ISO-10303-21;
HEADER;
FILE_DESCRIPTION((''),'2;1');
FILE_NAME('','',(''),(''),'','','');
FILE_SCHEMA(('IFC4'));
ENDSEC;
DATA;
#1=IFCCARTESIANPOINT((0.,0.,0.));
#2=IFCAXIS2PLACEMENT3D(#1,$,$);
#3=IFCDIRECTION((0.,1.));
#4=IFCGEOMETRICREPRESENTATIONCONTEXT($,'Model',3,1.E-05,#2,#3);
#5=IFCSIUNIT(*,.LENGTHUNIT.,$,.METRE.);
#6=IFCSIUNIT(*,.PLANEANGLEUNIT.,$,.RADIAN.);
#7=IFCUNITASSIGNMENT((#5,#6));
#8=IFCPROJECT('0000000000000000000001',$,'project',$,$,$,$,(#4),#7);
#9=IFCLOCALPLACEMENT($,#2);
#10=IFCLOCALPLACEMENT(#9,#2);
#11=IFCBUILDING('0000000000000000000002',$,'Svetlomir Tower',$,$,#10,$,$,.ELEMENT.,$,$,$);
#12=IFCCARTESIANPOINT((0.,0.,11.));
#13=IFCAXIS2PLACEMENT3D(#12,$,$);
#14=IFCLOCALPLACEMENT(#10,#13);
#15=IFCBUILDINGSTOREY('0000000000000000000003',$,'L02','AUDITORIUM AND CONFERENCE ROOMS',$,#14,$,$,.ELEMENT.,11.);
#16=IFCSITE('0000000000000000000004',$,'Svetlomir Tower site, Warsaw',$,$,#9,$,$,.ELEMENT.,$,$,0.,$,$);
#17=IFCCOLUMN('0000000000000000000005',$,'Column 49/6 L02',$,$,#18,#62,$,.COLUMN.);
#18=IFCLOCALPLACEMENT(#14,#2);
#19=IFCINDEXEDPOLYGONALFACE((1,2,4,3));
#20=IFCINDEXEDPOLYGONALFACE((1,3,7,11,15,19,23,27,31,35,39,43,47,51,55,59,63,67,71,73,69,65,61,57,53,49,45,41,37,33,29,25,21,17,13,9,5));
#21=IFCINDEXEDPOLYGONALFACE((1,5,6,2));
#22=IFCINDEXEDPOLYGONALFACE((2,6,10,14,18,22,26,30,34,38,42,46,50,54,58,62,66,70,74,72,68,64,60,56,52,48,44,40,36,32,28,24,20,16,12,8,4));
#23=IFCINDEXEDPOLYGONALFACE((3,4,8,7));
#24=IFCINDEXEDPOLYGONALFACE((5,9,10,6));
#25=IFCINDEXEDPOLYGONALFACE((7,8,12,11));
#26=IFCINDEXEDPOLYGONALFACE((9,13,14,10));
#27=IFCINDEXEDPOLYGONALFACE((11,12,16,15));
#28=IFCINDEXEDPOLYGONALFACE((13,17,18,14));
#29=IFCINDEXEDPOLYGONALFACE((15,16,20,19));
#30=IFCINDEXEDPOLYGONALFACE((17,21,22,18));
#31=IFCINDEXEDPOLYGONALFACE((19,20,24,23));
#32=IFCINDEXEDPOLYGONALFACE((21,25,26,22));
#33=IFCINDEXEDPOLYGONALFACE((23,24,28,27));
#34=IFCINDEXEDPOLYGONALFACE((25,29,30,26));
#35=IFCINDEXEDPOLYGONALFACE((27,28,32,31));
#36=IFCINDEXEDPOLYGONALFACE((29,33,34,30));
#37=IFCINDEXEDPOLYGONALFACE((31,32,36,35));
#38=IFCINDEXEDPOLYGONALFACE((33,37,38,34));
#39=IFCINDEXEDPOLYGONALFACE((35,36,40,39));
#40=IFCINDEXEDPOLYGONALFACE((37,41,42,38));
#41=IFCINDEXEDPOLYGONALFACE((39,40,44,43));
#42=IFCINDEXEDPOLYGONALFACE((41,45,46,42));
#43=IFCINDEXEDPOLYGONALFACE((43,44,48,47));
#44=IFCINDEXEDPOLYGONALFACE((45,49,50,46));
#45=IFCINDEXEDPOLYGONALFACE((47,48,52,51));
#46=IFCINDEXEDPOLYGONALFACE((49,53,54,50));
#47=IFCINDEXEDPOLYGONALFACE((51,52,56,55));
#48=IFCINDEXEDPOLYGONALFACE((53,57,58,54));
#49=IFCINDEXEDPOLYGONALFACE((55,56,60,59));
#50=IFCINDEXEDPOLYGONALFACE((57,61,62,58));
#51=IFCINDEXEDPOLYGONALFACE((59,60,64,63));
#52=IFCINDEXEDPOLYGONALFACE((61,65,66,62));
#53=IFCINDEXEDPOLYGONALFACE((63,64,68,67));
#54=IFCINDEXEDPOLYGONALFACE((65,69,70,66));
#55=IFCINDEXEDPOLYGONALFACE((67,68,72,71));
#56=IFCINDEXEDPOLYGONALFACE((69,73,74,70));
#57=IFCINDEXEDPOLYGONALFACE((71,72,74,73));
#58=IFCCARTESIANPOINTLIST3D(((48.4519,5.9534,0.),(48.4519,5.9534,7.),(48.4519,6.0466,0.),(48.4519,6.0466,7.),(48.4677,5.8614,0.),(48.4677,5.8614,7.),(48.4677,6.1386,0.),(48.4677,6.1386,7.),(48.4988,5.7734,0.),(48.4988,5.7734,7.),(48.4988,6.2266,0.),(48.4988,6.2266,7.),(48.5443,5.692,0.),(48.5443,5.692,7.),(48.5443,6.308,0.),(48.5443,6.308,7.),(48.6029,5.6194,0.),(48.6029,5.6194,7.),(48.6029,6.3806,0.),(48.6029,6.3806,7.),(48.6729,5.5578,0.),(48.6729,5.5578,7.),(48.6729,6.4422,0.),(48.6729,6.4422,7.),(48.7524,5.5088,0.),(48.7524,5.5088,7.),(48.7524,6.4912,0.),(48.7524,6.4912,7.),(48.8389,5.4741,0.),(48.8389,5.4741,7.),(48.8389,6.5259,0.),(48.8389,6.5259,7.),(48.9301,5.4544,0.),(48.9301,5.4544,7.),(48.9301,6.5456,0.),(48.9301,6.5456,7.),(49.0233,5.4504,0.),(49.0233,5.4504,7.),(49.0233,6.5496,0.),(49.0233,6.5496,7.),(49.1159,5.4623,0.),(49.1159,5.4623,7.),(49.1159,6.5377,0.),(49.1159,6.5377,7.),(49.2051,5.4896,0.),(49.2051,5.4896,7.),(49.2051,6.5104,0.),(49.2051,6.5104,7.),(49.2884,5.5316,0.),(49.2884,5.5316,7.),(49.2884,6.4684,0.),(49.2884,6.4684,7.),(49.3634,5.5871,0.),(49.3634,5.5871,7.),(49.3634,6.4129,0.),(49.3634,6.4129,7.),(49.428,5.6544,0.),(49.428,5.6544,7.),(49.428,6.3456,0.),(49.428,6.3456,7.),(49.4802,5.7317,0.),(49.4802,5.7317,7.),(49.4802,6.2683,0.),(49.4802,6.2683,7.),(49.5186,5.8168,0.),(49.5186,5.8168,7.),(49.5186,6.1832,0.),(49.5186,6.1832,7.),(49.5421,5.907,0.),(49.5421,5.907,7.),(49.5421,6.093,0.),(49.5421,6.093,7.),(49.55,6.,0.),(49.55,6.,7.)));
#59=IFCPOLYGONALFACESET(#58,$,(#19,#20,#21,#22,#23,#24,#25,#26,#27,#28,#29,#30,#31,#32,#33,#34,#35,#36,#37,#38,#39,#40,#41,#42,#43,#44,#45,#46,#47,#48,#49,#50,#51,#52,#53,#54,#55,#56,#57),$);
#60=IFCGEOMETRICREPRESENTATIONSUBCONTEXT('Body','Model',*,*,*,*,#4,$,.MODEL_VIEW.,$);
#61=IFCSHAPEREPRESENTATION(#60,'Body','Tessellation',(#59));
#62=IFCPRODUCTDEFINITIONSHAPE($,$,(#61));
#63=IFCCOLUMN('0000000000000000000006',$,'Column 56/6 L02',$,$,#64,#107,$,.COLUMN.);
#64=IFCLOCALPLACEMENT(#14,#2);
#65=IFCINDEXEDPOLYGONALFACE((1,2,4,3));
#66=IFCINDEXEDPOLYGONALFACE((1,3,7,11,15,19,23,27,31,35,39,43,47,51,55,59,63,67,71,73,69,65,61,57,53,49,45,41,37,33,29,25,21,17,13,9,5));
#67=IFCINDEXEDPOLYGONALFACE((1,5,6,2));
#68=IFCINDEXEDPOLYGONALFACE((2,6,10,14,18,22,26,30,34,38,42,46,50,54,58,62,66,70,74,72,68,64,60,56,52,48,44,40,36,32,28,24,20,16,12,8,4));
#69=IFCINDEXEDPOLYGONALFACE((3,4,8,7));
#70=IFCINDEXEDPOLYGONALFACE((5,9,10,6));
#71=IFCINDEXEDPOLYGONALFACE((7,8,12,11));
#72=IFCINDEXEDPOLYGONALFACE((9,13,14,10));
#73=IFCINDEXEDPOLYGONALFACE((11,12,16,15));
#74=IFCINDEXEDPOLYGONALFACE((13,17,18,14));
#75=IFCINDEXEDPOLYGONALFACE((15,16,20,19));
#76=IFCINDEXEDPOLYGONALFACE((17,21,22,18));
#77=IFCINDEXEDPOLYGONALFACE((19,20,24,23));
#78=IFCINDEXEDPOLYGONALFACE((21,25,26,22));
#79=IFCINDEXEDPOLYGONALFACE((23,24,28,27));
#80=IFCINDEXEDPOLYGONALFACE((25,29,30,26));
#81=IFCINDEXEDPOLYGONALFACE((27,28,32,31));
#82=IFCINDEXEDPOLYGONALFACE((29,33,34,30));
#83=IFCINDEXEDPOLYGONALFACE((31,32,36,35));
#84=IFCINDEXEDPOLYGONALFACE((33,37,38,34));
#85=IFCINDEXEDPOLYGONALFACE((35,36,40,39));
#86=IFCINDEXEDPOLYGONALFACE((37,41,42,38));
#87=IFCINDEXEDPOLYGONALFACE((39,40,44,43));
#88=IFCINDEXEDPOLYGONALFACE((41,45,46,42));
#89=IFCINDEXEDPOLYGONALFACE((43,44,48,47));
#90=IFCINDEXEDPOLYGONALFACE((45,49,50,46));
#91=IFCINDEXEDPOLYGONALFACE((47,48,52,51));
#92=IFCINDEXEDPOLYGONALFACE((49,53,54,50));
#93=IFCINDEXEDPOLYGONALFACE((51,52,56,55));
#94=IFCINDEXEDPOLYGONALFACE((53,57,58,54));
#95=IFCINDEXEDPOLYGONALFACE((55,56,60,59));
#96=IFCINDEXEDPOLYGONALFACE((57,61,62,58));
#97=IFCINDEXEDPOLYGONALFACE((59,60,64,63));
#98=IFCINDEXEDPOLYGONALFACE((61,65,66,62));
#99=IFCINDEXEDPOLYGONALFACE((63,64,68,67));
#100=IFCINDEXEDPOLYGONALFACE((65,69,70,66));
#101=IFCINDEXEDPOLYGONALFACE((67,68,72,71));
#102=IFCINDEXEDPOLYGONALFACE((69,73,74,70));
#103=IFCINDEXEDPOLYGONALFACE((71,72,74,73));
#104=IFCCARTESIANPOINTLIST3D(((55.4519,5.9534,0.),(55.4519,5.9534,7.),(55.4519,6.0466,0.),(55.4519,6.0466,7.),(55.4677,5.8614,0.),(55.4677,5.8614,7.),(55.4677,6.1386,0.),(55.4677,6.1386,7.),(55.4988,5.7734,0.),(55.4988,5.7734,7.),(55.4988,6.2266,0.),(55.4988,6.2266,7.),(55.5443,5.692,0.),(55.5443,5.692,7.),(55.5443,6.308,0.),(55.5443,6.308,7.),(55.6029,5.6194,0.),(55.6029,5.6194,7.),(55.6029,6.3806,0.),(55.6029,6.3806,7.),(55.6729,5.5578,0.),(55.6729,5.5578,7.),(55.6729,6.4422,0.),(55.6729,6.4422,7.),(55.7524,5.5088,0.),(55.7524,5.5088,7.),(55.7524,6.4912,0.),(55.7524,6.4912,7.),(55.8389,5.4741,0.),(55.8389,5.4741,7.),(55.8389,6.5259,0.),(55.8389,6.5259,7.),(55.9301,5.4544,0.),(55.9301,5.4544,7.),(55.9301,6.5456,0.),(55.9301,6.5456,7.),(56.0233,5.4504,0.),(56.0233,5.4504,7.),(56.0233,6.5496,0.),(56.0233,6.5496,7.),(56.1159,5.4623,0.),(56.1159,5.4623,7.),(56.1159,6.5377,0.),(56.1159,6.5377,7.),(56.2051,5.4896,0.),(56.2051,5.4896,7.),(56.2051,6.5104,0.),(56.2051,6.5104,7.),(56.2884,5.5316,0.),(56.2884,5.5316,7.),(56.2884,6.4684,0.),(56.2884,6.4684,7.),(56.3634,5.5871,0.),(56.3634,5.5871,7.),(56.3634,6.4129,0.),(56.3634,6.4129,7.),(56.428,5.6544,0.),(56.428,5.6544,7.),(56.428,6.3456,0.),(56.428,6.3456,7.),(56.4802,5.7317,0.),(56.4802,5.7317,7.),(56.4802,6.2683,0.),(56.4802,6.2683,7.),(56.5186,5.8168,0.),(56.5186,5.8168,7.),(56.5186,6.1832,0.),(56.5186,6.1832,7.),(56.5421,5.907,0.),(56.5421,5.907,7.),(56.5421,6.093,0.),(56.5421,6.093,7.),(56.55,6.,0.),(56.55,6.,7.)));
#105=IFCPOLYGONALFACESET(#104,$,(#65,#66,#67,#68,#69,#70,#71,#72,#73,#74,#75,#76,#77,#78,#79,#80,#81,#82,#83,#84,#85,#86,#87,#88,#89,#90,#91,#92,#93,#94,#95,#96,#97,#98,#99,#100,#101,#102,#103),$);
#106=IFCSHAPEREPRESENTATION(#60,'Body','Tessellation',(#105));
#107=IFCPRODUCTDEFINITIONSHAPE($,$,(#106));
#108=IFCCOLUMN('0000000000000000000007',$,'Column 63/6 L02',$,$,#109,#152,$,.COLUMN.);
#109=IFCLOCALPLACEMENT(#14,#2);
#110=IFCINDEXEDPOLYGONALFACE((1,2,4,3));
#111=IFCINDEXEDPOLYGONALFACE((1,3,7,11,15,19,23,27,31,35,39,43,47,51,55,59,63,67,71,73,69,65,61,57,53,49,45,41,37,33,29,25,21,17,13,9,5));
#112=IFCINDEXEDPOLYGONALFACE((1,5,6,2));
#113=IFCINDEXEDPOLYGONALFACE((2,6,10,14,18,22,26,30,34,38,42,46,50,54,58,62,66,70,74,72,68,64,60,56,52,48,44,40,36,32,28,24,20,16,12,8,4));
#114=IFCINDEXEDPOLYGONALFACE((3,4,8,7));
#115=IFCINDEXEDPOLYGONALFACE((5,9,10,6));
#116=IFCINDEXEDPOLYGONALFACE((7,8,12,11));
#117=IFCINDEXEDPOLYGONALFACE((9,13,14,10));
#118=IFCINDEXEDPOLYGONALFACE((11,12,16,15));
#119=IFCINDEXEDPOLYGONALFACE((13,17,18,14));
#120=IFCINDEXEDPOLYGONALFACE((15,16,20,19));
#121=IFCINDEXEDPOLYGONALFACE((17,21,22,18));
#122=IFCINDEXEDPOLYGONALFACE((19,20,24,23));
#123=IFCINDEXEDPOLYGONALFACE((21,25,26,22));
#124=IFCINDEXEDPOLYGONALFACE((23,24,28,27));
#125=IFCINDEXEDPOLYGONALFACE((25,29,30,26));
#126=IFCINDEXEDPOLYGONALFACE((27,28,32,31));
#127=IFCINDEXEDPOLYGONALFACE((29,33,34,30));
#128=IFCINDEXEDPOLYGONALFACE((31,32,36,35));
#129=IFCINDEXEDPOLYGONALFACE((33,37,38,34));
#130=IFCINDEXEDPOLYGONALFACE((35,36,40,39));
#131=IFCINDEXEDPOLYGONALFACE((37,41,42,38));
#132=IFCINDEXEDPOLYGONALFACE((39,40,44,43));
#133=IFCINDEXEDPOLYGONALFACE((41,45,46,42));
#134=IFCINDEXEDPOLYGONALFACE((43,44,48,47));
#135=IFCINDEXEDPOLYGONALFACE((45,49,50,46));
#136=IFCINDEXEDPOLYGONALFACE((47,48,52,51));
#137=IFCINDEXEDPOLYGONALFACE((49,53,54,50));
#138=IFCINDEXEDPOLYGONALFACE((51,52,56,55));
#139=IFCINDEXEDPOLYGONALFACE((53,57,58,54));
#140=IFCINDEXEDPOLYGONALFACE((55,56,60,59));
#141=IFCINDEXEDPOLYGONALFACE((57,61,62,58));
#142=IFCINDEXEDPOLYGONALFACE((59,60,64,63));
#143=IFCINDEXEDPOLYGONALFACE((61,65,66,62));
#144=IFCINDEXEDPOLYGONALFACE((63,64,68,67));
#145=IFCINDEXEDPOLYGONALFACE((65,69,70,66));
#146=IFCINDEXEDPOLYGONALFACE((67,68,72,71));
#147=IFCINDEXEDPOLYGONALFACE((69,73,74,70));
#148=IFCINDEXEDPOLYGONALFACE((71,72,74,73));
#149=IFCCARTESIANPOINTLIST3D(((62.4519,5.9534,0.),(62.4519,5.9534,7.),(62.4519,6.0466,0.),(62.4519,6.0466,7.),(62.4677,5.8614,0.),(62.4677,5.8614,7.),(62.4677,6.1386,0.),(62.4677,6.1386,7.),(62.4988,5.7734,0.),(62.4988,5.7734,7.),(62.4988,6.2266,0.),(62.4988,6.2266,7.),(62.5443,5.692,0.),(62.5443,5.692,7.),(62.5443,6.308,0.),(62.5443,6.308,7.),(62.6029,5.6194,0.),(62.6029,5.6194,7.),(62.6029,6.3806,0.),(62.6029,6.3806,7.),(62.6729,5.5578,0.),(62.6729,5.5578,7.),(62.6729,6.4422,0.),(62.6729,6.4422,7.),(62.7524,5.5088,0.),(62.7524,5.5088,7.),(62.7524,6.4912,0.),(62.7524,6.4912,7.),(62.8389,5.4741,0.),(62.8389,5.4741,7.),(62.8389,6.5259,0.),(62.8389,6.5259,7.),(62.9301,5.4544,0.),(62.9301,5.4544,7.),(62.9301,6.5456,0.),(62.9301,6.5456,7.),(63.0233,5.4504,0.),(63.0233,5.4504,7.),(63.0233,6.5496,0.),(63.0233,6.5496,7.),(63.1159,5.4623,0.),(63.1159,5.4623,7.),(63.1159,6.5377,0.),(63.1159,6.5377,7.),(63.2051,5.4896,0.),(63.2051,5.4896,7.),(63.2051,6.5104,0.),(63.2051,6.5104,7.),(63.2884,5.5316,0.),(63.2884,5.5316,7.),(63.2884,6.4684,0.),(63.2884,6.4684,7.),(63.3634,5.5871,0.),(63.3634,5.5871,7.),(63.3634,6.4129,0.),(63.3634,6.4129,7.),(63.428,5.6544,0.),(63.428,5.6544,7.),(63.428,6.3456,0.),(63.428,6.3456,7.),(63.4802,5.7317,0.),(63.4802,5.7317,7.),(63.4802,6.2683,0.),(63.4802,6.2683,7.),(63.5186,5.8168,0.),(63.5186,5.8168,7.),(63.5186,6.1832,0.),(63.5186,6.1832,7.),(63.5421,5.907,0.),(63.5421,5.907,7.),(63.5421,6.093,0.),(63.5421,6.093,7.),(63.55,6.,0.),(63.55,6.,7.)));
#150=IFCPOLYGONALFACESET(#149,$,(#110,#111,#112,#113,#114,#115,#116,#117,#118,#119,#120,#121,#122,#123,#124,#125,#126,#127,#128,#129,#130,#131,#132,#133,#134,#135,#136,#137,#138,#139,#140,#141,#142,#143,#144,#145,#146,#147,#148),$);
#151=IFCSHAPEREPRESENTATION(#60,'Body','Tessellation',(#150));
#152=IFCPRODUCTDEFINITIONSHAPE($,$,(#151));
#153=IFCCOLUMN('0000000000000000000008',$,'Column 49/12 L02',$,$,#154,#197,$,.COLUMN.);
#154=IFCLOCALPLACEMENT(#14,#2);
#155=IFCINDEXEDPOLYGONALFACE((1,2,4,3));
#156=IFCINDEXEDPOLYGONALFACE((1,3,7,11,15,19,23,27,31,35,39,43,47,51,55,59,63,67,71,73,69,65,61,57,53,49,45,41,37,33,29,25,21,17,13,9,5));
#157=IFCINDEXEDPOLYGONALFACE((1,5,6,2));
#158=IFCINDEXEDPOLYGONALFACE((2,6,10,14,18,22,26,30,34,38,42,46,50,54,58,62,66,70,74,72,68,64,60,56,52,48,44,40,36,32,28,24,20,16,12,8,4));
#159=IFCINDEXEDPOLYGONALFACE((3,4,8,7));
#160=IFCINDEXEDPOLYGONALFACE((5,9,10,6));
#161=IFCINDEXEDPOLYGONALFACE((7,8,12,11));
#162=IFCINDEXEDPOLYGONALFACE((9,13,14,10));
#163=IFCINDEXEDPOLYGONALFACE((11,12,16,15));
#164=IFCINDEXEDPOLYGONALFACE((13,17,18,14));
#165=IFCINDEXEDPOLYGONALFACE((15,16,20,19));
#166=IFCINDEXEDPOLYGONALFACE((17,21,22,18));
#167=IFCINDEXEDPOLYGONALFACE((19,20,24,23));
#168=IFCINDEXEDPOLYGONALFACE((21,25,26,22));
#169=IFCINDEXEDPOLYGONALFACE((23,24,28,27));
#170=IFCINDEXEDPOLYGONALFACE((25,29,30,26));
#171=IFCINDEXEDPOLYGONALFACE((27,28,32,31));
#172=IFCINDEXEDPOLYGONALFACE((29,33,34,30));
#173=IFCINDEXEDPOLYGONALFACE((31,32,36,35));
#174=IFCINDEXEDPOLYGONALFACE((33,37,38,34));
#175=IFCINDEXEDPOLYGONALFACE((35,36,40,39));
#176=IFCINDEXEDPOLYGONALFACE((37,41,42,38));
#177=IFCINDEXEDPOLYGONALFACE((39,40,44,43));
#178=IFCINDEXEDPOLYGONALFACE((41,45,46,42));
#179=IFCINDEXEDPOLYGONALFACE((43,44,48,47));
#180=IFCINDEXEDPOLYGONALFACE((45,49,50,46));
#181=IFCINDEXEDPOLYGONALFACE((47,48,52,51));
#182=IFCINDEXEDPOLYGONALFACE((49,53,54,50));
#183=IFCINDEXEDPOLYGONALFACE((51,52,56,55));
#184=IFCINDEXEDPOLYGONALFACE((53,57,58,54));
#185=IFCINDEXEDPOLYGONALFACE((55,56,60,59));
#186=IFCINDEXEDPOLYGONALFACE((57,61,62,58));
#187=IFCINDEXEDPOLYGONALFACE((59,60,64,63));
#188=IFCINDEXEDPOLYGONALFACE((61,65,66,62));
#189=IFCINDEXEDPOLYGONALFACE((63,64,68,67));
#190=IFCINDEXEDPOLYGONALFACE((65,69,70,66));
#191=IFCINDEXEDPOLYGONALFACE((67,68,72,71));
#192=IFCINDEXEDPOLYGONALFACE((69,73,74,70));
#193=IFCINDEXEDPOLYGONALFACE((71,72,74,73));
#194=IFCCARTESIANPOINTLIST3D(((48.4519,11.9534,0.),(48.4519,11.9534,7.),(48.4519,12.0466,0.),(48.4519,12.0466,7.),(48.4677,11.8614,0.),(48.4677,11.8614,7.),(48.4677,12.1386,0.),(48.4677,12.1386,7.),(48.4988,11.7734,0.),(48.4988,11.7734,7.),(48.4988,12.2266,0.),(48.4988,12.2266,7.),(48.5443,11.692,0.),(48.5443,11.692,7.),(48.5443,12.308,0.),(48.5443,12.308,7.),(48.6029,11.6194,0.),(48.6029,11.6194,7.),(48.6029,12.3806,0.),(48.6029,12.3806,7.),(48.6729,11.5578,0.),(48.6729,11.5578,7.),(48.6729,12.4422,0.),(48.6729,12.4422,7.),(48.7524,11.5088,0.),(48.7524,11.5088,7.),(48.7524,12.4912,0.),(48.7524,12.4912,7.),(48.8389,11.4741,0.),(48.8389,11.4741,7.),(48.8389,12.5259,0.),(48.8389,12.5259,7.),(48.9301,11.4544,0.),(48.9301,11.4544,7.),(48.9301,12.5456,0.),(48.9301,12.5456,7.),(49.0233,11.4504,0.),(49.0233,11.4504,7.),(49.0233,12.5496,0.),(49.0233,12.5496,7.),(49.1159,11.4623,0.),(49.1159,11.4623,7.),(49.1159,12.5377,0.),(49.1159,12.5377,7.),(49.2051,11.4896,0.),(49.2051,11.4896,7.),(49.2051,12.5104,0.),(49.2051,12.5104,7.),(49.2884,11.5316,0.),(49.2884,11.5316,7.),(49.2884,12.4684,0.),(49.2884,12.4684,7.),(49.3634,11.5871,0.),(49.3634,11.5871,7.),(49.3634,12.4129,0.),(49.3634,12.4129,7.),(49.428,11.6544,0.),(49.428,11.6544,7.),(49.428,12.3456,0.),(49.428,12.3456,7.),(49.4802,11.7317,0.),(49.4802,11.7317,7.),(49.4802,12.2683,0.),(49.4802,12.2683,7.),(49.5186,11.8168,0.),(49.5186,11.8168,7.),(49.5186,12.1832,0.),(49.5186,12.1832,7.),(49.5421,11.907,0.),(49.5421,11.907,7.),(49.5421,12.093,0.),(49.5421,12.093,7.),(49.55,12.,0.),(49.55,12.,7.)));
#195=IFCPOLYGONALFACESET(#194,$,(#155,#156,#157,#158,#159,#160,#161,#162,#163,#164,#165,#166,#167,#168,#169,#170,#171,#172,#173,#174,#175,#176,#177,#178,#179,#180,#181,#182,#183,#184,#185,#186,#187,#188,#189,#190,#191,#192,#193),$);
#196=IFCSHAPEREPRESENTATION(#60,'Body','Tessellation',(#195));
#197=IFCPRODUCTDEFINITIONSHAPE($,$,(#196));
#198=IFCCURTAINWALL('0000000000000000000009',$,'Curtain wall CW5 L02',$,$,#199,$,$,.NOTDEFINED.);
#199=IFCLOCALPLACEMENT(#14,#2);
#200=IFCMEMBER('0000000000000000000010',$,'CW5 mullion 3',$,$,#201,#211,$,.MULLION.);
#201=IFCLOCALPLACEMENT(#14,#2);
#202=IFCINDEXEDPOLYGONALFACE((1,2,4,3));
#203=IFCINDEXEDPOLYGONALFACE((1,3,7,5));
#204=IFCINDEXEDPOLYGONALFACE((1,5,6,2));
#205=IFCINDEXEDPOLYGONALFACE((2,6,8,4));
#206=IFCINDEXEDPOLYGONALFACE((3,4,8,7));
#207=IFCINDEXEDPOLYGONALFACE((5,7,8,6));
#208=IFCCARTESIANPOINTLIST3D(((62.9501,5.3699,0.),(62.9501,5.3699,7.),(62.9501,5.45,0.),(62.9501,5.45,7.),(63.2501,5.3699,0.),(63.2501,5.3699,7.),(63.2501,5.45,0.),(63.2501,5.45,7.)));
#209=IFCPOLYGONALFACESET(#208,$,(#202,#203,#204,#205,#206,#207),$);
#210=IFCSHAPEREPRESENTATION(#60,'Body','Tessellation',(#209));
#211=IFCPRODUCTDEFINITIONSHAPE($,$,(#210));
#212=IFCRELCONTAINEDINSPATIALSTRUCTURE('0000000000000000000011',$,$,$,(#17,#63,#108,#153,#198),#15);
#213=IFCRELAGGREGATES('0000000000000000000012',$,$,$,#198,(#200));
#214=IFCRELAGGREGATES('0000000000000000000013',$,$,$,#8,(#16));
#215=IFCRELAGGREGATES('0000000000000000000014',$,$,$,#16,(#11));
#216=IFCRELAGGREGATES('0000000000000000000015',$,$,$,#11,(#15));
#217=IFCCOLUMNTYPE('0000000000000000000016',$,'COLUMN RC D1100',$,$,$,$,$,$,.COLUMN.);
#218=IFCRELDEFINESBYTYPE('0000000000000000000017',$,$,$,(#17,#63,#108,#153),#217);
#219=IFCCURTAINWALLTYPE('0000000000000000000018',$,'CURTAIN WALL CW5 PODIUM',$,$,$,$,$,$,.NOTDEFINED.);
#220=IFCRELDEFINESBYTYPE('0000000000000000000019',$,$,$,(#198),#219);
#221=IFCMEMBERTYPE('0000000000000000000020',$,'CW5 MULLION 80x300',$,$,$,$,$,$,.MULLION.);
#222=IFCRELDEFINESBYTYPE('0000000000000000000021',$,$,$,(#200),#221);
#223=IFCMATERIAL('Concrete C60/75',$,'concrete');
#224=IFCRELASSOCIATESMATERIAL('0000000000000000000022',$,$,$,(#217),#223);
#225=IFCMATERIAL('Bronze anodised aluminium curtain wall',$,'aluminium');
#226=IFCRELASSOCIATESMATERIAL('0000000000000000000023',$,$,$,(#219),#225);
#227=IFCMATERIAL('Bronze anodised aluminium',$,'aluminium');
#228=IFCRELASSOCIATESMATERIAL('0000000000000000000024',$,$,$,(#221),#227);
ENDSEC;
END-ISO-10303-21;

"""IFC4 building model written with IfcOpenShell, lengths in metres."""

from ifc_helpers import new_model, si_unit, direction, frame, origin, origin_2d, place, context, subcontext, project, spatial, rectangle, circle, extrude, material, material_profile, profile_set, type_object, element, aggregate, save


model = new_model("IFC4")

# Units and contexts
model_context = context("Model", 3, precision=1e-05, world=origin(), true_north=direction((0.0, 1.0)))
body_context = subcontext(model_context, "Body", "Model", "MODEL_VIEW")
ifc_project = project(units=[si_unit("LENGTHUNIT", "METRE"), si_unit("PLANEANGLEUNIT", "RADIAN")], contexts=[model_context])

# Site, building, storey
site_placement = place(None, origin())
site = spatial("IfcSite", under=ifc_project, at=site_placement, Name="Svetlomir Tower site, Warsaw", CompositionType="ELEMENT", RefElevation=0.0)
building_placement = place(site_placement, origin())
building = spatial("IfcBuilding", under=site, at=building_placement, Name="Svetlomir Tower", CompositionType="ELEMENT")
storey_placement = place(building_placement, frame((0.0, 0.0, 11.0)))
storey = spatial("IfcBuildingStorey", under=building, at=storey_placement, Name="L02", Description="AUDITORIUM AND CONFERENCE ROOMS", CompositionType="ELEMENT", Elevation=11.0)

# Columns
ifc_material_1 = material(Name="Concrete C60/75", Category="concrete")
ifc_material_profile_1 = material_profile(ifc_material_1, circle(Radius=0.55, at=origin_2d()), Name="RC D1100")
ifc_profile_set_1 = profile_set([ifc_material_profile_1], Name="Concrete C60/75")
column_type = type_object("IfcColumnType", Name="COLUMN RC D1100", PredefinedType="COLUMN", material=ifc_profile_set_1)
for number, where, z_axis, x_axis, name in (
    (1, (49.0, 6.0, 0.0), (0.0, 0.0, 1.0), (1.0, 0.0, 0.0), "Column 49/6 L02"),
    (2, (56.0, 6.0, 0.0), (0.0, 0.0, 1.0), (1.0, 0.0, 0.0), "Column 56/6 L02"),
    (3, (63.0, 6.0, 0.0), (0.0, 0.0, 1.0), (1.0, 0.0, 0.0), "Column 63/6 L02"),
    (4, (49.0, 12.0, 0.0), (0.0, 0.0, 1.0), (1.0, 0.0, 0.0), "Column 49/12 L02"),
):
    element("IfcColumn", number, at=place(storey_placement, frame(where, z_axis=z_axis, x_axis=x_axis)), inside=storey, type_object=column_type, Name=name, PredefinedType="COLUMN", context=body_context, shape_type="SweptSolid", body=[
        extrude(circle(Radius=0.55, at=origin_2d()), origin(), (0.0, 0.0, 1.0), 7.0),
    ])

# Curtain wall, member
ifc_material_2 = material(Name="Bronze anodised aluminium curtain wall", Category="aluminium")
curtain_wall_type = type_object("IfcCurtainWallType", Name="CURTAIN WALL CW5 PODIUM", PredefinedType="NOTDEFINED", material=ifc_material_2)
curtain_wall_1_placement = place(storey_placement, origin())
curtain_wall_1 = element("IfcCurtainWall", 5, at=curtain_wall_1_placement, inside=storey, type_object=curtain_wall_type, Name="Curtain wall CW5 L02", PredefinedType="NOTDEFINED")
ifc_material_3 = material(Name="Bronze anodised aluminium", Category="aluminium")
ifc_material_profile_2 = material_profile(ifc_material_3, rectangle(XDim=0.0801, YDim=0.3, at=origin_2d()), Name="AL 80x300")
ifc_profile_set_2 = profile_set([ifc_material_profile_2], Name="Bronze anodised aluminium 6063-T6")
member_type_1 = type_object("IfcMemberType", Name="CW5 MULLION 80x300", PredefinedType="MULLION", material=ifc_profile_set_2)
member_1_placement = place(storey_placement, frame((63.1001, 5.4099, 0.0), z_axis=(0.0, 0.0, 1.0), x_axis=(0.0, 1.0, 0.0)))
member_1 = element("IfcMember", 6, at=member_1_placement, type_object=member_type_1, Name="CW5 mullion 3", PredefinedType="MULLION", context=body_context, shape_type="SweptSolid", body=[
    extrude(rectangle(XDim=0.0801, YDim=0.3, at=origin_2d()), origin(), (0.0, 0.0, 1.0), 7.0),
])
aggregate(curtain_wall_1, [member_1])

save(model, "model.ifc")
